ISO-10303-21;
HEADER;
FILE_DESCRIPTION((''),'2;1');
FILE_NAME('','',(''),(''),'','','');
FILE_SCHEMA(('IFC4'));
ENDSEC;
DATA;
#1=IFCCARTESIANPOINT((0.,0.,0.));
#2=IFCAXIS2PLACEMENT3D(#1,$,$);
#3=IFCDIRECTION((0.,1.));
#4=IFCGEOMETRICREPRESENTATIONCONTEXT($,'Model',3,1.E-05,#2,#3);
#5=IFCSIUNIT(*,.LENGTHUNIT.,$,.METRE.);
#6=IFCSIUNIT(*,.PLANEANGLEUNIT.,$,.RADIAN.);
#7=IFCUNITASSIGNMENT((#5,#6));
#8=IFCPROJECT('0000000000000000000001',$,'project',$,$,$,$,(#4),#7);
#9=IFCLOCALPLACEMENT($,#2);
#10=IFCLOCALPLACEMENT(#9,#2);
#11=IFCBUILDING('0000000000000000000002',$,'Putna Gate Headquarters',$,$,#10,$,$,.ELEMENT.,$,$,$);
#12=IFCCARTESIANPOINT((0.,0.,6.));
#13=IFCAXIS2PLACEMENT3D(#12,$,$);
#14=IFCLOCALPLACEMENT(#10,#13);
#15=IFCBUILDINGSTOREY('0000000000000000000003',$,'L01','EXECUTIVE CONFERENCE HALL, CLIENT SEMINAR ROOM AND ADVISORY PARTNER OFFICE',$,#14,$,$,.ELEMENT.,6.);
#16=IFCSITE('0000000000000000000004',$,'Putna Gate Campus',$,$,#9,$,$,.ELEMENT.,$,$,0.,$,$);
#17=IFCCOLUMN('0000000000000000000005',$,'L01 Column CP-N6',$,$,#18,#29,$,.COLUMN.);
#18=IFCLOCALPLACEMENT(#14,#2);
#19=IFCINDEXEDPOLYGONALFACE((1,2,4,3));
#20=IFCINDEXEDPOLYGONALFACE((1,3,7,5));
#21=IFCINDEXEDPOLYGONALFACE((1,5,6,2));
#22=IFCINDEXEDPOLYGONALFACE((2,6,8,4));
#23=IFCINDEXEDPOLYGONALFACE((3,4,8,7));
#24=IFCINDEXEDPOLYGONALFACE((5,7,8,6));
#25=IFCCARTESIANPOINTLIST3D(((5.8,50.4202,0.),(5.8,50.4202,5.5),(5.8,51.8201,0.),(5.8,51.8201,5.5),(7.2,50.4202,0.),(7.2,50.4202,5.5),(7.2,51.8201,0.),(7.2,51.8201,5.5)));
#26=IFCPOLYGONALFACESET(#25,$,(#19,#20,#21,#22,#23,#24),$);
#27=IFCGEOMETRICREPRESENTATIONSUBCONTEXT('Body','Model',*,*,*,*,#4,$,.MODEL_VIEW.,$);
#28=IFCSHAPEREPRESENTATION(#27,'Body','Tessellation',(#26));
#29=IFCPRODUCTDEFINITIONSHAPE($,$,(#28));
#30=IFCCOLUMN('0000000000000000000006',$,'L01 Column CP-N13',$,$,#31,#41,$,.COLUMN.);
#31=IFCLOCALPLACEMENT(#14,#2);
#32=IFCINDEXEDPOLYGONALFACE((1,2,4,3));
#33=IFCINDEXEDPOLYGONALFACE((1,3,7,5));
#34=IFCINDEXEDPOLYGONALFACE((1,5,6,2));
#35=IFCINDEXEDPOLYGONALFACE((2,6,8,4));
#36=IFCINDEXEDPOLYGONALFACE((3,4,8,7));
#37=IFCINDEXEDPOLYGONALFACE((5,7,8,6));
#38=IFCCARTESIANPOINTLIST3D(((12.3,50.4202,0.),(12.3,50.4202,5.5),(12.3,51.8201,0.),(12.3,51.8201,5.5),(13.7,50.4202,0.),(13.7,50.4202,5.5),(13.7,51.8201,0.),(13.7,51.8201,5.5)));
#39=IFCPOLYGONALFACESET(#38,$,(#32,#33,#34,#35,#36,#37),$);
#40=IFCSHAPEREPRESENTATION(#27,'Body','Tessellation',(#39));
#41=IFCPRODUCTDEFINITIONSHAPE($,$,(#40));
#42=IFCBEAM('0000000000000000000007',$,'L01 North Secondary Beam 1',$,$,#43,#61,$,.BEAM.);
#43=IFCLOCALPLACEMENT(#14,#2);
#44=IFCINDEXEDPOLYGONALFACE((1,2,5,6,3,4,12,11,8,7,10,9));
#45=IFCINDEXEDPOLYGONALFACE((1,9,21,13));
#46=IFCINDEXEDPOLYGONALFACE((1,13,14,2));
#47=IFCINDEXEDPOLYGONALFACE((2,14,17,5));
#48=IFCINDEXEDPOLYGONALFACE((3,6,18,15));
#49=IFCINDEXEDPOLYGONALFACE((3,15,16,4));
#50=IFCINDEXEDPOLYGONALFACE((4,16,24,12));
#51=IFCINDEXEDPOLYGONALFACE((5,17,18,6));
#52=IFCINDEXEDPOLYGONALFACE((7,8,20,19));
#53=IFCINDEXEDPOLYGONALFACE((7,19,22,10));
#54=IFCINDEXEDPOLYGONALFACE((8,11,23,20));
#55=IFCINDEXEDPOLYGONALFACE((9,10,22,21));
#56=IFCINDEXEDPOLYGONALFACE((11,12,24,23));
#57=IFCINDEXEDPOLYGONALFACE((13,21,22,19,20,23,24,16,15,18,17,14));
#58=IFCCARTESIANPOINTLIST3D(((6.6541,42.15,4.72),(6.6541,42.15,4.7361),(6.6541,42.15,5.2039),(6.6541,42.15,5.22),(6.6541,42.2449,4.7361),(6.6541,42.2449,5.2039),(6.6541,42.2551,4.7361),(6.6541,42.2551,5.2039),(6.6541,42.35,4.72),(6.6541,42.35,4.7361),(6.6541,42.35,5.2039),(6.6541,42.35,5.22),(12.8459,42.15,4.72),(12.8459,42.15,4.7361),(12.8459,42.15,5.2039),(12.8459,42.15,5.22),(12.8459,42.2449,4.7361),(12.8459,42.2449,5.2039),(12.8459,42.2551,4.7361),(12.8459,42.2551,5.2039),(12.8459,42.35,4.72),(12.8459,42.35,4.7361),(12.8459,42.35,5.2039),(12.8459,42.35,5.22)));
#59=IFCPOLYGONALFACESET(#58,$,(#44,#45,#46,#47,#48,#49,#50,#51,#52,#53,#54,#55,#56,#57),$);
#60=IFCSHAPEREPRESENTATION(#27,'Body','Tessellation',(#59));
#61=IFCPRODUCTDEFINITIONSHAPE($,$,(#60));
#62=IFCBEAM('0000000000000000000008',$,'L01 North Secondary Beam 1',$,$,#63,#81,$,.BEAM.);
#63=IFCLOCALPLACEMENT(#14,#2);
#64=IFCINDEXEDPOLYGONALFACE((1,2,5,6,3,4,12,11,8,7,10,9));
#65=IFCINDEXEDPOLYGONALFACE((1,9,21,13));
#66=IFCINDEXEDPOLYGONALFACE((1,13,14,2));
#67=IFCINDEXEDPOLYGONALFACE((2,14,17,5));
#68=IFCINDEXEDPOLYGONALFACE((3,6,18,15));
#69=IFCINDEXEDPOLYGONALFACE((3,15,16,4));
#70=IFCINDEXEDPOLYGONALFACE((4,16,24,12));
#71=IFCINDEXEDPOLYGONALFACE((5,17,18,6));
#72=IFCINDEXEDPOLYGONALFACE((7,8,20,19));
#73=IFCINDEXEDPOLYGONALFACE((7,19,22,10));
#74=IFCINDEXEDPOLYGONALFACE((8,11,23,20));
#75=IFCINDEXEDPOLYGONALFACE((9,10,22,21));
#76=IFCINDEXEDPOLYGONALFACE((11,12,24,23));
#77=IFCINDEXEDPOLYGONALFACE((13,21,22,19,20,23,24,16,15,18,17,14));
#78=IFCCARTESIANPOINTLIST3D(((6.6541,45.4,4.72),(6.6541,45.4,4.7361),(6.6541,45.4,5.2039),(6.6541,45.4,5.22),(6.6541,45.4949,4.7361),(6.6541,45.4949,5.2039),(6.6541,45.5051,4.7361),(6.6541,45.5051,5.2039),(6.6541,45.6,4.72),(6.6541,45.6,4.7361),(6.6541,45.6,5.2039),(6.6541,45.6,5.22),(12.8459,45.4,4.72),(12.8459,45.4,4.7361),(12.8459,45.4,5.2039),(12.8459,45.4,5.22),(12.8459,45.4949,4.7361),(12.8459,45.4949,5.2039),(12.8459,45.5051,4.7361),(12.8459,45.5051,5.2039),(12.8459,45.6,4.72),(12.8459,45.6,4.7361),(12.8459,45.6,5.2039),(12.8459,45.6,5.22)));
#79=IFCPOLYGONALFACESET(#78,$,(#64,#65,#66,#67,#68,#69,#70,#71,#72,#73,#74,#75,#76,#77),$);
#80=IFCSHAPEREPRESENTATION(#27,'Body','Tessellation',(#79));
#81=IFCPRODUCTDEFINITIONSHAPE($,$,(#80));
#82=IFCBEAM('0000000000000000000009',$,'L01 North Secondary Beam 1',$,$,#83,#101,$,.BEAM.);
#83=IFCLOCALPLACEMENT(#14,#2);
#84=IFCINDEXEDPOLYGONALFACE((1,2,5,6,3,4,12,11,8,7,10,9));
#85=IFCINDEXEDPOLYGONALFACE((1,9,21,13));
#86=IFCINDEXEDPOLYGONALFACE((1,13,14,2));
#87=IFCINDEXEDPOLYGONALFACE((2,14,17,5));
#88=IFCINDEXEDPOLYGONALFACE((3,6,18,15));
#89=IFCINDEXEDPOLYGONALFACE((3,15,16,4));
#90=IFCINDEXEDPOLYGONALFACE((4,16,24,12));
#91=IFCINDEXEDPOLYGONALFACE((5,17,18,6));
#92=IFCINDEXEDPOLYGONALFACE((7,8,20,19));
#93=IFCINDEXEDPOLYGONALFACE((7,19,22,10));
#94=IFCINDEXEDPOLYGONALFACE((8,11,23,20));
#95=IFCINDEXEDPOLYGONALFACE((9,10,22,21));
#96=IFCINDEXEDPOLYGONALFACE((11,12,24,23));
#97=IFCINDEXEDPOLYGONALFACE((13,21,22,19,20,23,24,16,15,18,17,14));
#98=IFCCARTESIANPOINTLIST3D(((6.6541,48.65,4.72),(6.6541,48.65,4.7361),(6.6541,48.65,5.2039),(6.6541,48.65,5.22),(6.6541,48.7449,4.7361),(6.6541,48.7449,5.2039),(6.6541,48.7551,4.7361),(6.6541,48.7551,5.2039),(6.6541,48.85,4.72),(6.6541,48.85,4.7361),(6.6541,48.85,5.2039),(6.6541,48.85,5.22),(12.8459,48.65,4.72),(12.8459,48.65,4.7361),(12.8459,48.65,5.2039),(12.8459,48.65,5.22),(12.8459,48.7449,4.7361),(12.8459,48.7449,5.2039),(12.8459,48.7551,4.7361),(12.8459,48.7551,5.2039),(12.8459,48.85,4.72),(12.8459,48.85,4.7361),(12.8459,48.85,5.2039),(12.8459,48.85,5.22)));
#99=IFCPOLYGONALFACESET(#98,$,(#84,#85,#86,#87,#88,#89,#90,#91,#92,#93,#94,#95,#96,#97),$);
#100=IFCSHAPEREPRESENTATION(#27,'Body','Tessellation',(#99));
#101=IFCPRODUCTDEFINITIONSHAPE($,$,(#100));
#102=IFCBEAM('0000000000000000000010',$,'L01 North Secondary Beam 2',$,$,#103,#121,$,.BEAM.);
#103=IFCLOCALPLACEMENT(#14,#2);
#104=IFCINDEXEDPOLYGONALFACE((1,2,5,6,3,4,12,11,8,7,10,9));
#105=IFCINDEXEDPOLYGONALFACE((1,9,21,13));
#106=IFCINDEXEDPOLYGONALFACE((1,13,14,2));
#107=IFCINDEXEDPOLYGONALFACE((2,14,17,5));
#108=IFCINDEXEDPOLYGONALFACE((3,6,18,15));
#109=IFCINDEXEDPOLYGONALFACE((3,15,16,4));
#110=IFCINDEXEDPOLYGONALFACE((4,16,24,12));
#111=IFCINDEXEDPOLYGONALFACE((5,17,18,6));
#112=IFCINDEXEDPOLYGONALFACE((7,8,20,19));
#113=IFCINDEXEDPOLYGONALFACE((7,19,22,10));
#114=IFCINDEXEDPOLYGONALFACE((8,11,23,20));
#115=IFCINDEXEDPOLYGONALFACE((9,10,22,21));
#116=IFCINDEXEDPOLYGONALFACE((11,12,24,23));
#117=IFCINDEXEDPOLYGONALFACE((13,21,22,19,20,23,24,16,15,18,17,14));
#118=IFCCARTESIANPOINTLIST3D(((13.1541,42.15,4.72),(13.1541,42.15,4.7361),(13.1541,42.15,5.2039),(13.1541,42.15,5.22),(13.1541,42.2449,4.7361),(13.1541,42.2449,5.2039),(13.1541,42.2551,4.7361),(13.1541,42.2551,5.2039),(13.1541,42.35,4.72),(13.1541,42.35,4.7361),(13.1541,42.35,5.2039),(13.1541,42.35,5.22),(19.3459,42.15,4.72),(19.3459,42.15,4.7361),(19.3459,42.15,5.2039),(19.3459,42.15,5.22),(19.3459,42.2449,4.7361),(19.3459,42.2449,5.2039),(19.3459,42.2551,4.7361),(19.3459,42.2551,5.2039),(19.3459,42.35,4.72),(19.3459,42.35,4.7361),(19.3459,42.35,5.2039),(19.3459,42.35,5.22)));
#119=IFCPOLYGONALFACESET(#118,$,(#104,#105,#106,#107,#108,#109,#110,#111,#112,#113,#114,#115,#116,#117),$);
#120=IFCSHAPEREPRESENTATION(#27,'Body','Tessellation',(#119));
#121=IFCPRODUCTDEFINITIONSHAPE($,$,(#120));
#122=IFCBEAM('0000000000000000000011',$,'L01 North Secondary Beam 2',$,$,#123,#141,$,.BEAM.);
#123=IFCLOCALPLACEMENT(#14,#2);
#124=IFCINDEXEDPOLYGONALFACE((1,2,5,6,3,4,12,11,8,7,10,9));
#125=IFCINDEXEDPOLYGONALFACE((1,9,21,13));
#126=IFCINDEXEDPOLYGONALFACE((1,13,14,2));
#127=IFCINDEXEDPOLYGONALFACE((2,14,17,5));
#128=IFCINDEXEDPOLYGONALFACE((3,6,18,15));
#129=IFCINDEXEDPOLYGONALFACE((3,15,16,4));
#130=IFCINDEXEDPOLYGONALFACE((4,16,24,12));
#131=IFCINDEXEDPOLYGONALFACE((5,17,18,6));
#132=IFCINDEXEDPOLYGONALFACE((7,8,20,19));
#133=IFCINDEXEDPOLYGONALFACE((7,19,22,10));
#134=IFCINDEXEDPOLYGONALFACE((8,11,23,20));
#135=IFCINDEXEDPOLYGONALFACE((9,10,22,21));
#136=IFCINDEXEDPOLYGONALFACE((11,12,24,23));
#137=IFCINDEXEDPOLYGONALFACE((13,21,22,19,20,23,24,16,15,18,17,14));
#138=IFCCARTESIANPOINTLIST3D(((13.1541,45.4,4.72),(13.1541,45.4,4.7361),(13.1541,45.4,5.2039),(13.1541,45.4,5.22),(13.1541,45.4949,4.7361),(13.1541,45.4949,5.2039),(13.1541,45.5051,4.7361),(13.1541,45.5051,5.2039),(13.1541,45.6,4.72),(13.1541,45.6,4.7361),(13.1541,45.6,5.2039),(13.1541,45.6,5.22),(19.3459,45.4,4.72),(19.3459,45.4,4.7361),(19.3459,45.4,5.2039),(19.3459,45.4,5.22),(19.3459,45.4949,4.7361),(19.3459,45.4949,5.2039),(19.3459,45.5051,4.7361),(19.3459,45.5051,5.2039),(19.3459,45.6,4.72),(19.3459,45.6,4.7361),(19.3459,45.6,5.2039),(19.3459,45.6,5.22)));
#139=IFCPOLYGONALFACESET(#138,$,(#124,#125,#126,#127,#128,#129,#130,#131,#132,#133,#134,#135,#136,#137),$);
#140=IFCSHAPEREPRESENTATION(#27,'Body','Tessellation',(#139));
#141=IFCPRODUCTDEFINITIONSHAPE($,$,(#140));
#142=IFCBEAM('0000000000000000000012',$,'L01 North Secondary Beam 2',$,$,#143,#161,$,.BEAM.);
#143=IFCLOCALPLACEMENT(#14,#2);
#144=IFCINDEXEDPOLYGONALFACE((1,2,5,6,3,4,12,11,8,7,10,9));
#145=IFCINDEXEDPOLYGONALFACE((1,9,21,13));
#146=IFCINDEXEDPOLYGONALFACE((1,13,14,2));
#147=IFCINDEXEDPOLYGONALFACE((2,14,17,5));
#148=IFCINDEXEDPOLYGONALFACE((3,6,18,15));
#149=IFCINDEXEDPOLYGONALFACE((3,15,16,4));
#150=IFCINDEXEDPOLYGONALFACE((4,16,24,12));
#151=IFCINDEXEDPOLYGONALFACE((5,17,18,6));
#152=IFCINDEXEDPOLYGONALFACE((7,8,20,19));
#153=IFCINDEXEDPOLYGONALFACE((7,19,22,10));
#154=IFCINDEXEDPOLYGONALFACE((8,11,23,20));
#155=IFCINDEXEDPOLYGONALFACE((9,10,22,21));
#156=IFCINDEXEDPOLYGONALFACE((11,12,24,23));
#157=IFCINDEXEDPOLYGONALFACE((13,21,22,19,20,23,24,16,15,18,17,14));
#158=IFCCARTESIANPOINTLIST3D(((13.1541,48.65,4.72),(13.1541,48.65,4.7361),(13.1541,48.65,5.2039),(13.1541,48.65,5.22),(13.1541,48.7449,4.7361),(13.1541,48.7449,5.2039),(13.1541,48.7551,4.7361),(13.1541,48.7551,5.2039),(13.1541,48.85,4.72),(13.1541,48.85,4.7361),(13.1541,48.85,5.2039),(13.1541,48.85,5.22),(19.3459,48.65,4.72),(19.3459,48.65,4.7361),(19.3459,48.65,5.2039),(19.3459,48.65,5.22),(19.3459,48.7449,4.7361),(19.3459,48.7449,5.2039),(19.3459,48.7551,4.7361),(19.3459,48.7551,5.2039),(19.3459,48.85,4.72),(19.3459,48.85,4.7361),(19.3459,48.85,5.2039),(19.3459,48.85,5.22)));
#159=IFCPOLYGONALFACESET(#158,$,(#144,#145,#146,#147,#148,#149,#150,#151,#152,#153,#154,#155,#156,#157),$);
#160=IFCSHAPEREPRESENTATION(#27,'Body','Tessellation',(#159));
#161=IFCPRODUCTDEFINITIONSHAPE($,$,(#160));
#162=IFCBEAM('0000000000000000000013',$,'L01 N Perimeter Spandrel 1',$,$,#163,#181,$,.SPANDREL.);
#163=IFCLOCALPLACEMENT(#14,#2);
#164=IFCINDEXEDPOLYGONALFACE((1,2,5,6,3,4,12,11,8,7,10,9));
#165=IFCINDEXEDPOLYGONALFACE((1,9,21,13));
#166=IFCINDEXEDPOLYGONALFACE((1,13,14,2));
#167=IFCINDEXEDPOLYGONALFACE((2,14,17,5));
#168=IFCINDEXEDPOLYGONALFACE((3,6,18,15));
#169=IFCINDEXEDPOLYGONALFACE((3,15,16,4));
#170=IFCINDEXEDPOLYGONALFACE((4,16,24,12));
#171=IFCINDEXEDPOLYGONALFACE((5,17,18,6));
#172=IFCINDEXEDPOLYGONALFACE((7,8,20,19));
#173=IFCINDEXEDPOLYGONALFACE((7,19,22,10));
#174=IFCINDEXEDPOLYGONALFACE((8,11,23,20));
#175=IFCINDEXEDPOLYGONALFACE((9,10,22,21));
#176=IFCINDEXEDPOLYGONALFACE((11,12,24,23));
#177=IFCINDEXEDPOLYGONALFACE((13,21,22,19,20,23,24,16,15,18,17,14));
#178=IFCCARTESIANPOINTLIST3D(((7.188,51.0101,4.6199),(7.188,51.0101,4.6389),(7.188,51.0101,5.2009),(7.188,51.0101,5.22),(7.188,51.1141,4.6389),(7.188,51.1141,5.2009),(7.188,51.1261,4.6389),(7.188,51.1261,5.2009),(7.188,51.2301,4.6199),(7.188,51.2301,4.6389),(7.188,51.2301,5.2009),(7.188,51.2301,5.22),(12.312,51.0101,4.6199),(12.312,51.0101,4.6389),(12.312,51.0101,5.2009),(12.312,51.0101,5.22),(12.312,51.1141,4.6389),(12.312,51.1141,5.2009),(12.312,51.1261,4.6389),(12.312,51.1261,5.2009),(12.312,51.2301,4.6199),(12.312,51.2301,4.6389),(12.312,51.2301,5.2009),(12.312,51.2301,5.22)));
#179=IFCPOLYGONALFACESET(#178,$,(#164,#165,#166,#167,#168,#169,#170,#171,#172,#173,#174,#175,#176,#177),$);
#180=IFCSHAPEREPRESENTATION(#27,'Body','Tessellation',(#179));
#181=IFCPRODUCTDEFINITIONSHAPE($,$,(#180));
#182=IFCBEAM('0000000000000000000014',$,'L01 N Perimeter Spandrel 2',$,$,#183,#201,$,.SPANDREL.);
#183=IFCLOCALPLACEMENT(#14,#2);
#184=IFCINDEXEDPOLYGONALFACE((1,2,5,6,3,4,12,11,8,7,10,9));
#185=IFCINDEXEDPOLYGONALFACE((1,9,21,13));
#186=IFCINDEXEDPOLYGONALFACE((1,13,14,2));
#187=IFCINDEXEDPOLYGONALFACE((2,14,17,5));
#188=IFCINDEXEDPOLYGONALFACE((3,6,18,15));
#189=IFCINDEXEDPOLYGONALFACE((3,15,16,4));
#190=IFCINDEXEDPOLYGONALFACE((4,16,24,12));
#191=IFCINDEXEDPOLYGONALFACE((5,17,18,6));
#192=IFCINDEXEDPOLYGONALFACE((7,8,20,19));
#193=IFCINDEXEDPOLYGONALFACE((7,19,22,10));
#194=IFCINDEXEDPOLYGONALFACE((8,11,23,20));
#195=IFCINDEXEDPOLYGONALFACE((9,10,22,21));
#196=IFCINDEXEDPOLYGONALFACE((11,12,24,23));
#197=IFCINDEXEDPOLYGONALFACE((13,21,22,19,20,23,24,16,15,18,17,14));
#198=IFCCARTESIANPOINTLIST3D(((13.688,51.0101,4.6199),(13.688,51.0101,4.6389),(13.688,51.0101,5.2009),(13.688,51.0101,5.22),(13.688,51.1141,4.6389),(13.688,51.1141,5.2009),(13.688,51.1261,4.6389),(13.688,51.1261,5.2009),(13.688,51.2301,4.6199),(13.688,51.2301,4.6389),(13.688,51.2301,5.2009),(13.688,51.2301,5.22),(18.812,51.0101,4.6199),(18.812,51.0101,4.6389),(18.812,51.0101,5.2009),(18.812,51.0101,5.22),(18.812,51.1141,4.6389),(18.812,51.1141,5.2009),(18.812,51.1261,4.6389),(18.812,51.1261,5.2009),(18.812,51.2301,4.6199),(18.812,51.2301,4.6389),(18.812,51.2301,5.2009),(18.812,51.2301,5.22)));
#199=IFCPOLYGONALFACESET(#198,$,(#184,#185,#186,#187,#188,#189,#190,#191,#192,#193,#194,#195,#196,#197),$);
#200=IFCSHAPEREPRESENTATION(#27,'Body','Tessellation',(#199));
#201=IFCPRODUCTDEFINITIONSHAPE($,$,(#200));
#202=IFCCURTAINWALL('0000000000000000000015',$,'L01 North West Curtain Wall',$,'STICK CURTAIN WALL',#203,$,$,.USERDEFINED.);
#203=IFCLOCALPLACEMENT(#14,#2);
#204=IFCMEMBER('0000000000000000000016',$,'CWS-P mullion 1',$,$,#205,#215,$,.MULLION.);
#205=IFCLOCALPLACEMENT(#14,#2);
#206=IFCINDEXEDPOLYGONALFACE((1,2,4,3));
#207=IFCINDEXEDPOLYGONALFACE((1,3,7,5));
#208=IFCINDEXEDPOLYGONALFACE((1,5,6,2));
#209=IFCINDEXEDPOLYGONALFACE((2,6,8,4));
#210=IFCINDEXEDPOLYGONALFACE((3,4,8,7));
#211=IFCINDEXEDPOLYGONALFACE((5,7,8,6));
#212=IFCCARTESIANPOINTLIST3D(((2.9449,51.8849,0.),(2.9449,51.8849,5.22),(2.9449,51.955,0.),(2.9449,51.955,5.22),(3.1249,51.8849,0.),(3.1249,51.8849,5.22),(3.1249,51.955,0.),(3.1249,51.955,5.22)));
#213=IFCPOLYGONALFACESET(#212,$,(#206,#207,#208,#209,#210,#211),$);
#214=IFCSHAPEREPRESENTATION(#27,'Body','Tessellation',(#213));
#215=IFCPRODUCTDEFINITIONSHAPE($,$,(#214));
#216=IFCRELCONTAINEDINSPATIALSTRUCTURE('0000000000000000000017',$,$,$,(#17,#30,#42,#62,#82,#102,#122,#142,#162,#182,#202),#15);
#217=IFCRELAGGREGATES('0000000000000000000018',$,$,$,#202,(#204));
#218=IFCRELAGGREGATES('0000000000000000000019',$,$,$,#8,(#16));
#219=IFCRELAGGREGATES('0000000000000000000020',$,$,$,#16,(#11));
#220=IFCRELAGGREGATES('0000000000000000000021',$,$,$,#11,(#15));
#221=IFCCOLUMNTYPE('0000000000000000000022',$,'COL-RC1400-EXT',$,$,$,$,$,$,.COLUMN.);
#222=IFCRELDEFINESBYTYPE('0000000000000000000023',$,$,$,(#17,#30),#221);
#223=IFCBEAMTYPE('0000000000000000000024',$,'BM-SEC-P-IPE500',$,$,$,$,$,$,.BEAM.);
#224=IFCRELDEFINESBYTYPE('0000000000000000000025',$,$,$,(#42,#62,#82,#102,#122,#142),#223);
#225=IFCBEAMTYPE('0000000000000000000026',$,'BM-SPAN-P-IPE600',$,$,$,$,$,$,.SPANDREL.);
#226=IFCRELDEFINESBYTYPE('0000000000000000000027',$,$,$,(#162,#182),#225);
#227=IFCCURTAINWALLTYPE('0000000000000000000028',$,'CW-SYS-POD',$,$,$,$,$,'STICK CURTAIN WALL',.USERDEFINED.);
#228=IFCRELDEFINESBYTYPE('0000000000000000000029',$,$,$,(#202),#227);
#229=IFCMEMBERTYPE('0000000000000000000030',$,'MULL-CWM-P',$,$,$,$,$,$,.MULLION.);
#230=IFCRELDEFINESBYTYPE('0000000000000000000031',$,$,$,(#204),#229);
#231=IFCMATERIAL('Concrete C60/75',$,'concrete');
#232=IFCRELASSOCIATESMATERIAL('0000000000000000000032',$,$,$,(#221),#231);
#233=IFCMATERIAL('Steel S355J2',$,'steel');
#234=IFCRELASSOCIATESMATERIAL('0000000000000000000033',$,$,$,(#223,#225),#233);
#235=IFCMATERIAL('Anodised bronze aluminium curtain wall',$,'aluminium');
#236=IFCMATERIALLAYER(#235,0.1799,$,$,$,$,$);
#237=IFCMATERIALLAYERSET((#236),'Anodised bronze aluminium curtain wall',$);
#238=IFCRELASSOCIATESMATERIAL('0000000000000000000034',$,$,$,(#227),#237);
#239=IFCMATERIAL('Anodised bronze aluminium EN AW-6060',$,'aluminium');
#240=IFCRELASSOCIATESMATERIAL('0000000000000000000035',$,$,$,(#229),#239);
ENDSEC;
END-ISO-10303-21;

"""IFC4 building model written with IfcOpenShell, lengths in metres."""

from ifc_helpers import new_model, si_unit, direction, frame, origin, origin_2d, place, context, subcontext, project, spatial, rectangle, i_section, extrude, material, layer, layer_set, material_profile, profile_set, type_object, element, aggregate, save


model = new_model("IFC4")

# Units and contexts
model_context = context("Model", 3, precision=1e-05, world=origin(), true_north=direction((0.0, 1.0)))
body_context = subcontext(model_context, "Body", "Model", "MODEL_VIEW")
ifc_project = project(units=[si_unit("LENGTHUNIT", "METRE"), si_unit("PLANEANGLEUNIT", "RADIAN")], contexts=[model_context])

# Site, building, storey
site_placement = place(None, origin())
site = spatial("IfcSite", under=ifc_project, at=site_placement, Name="Putna Gate Campus", CompositionType="ELEMENT", RefElevation=0.0)
building_placement = place(site_placement, origin())
building = spatial("IfcBuilding", under=site, at=building_placement, Name="Putna Gate Headquarters", CompositionType="ELEMENT")
storey_placement = place(building_placement, frame((0.0, 0.0, 6.0)))
storey = spatial("IfcBuildingStorey", under=building, at=storey_placement, Name="L01", Description="EXECUTIVE CONFERENCE HALL, CLIENT SEMINAR ROOM AND ADVISORY PARTNER OFFICE", CompositionType="ELEMENT", Elevation=6.0)

# Columns
ifc_material_1 = material(Name="Concrete C60/75", Category="concrete")
ifc_material_profile_1 = material_profile(ifc_material_1, rectangle(XDim=1.3999, YDim=1.3999, at=origin_2d()), Name="Concrete C60/75")
ifc_profile_set_1 = profile_set([ifc_material_profile_1], Name="Concrete C60/75")
column_type = type_object("IfcColumnType", Name="COL-RC1400-EXT", PredefinedType="COLUMN", material=ifc_profile_set_1)
for number, where, z_axis, x_axis, name in (
    (1, (6.5, 51.1201, 0.0), (0.0, 0.0, 1.0), (1.0, 0.0, 0.0), "L01 Column CP-N6"),
    (2, (13.0, 51.1201, 0.0), (0.0, 0.0, 1.0), (1.0, 0.0, 0.0), "L01 Column CP-N13"),
):
    element("IfcColumn", number, at=place(storey_placement, frame(where, z_axis=z_axis, x_axis=x_axis)), inside=storey, type_object=column_type, Name=name, PredefinedType="COLUMN", context=body_context, shape_type="SweptSolid", body=[
        extrude(rectangle(XDim=1.3999, YDim=1.3999, at=origin_2d()), origin(), (0.0, 0.0, 1.0), 5.5),
    ])

# Beams
ifc_material_2 = material(Name="Steel S355J2", Category="steel")
ifc_material_profile_2 = material_profile(ifc_material_2, i_section(OverallWidth=0.2, OverallDepth=0.5, WebThickness=0.0103, FlangeThickness=0.0161, at=origin_2d()), Name="Steel S355J2")
ifc_profile_set_2 = profile_set([ifc_material_profile_2], Name="Steel S355J2")
beam_type_1 = type_object("IfcBeamType", Name="BM-SEC-P-IPE500", PredefinedType="BEAM", material=ifc_profile_set_2)
for number, where, z_axis, x_axis, name in (
    (3, (6.6541, 42.25, 4.97), (1.0, 0.0, 0.0), (0.0, 1.0, 0.0), "L01 North Secondary Beam 1"),
    (4, (6.6541, 45.5, 4.97), (1.0, 0.0, 0.0), (0.0, 1.0, 0.0), "L01 North Secondary Beam 1"),
    (5, (6.6541, 48.75, 4.97), (1.0, 0.0, 0.0), (0.0, 1.0, 0.0), "L01 North Secondary Beam 1"),
    (6, (13.1541, 42.25, 4.97), (1.0, 0.0, 0.0), (0.0, 1.0, 0.0), "L01 North Secondary Beam 2"),
    (7, (13.1541, 45.5, 4.97), (1.0, 0.0, 0.0), (0.0, 1.0, 0.0), "L01 North Secondary Beam 2"),
    (8, (13.1541, 48.75, 4.97), (1.0, 0.0, 0.0), (0.0, 1.0, 0.0), "L01 North Secondary Beam 2"),
):
    element("IfcBeam", number, at=place(storey_placement, frame(where, z_axis=z_axis, x_axis=x_axis)), inside=storey, type_object=beam_type_1, Name=name, PredefinedType="BEAM", context=body_context, shape_type="SweptSolid", body=[
        extrude(i_section(OverallWidth=0.2, OverallDepth=0.5, WebThickness=0.0103, FlangeThickness=0.0161, at=origin_2d()), origin(), (0.0, 0.0, 1.0), 6.1919),
    ])
ifc_material_profile_3 = material_profile(ifc_material_2, i_section(OverallWidth=0.22, OverallDepth=0.6001, WebThickness=0.012, FlangeThickness=0.019, at=origin_2d()), Name="Steel S355J2")
ifc_profile_set_3 = profile_set([ifc_material_profile_3], Name="Steel S355J2")
beam_type_2 = type_object("IfcBeamType", Name="BM-SPAN-P-IPE600", PredefinedType="SPANDREL", material=ifc_profile_set_3)
for number, where, z_axis, x_axis, name in (
    (9, (7.188, 51.1201, 4.9199), (1.0, 0.0, 0.0), (0.0, 1.0, 0.0), "L01 N Perimeter Spandrel 1"),
    (10, (13.688, 51.1201, 4.9199), (1.0, 0.0, 0.0), (0.0, 1.0, 0.0), "L01 N Perimeter Spandrel 2"),
):
    element("IfcBeam", number, at=place(storey_placement, frame(where, z_axis=z_axis, x_axis=x_axis)), inside=storey, type_object=beam_type_2, Name=name, PredefinedType="SPANDREL", context=body_context, shape_type="SweptSolid", body=[
        extrude(i_section(OverallWidth=0.22, OverallDepth=0.6001, WebThickness=0.012, FlangeThickness=0.019, at=origin_2d()), origin(), (0.0, 0.0, 1.0), 5.124),
    ])

# Curtain wall, member
ifc_material_3 = material(Name="Anodised bronze aluminium curtain wall", Category="aluminium")
ifc_layer_1 = layer(ifc_material_3, 0.1799)
ifc_layer_set_1 = layer_set([ifc_layer_1], Name="Anodised bronze aluminium curtain wall")
curtain_wall_type = type_object("IfcCurtainWallType", Name="CW-SYS-POD", ElementType="STICK CURTAIN WALL", PredefinedType="USERDEFINED", material=ifc_layer_set_1)
curtain_wall_placement = place(storey_placement, origin())
curtain_wall = element("IfcCurtainWall", 11, at=curtain_wall_placement, inside=storey, type_object=curtain_wall_type, Name="L01 North West Curtain Wall", ObjectType="STICK CURTAIN WALL", PredefinedType="USERDEFINED")
ifc_material_4 = material(Name="Anodised bronze aluminium EN AW-6060", Category="aluminium")
ifc_material_profile_4 = material_profile(ifc_material_4, rectangle(XDim=0.0701, YDim=0.1799, at=origin_2d()), Name="Anodised bronze aluminium EN AW-6060")
ifc_profile_set_4 = profile_set([ifc_material_profile_4], Name="Anodised bronze aluminium EN AW-6060")
member_type_1 = type_object("IfcMemberType", Name="MULL-CWM-P", PredefinedType="MULLION", material=ifc_profile_set_4)
member_1_placement = place(storey_placement, frame((3.0349, 51.9199, 0.0), z_axis=(0.0, 0.0, 1.0), x_axis=(0.0, 1.0, 0.0)))
member_1 = element("IfcMember", 12, at=member_1_placement, type_object=member_type_1, Name="CWS-P mullion 1", PredefinedType="MULLION", context=body_context, shape_type="SweptSolid", body=[
    extrude(rectangle(XDim=0.0701, YDim=0.1799, at=origin_2d()), origin(), (0.0, 0.0, 1.0), 5.22),
])
aggregate(curtain_wall, [member_1])

save(model, "model.ifc")
